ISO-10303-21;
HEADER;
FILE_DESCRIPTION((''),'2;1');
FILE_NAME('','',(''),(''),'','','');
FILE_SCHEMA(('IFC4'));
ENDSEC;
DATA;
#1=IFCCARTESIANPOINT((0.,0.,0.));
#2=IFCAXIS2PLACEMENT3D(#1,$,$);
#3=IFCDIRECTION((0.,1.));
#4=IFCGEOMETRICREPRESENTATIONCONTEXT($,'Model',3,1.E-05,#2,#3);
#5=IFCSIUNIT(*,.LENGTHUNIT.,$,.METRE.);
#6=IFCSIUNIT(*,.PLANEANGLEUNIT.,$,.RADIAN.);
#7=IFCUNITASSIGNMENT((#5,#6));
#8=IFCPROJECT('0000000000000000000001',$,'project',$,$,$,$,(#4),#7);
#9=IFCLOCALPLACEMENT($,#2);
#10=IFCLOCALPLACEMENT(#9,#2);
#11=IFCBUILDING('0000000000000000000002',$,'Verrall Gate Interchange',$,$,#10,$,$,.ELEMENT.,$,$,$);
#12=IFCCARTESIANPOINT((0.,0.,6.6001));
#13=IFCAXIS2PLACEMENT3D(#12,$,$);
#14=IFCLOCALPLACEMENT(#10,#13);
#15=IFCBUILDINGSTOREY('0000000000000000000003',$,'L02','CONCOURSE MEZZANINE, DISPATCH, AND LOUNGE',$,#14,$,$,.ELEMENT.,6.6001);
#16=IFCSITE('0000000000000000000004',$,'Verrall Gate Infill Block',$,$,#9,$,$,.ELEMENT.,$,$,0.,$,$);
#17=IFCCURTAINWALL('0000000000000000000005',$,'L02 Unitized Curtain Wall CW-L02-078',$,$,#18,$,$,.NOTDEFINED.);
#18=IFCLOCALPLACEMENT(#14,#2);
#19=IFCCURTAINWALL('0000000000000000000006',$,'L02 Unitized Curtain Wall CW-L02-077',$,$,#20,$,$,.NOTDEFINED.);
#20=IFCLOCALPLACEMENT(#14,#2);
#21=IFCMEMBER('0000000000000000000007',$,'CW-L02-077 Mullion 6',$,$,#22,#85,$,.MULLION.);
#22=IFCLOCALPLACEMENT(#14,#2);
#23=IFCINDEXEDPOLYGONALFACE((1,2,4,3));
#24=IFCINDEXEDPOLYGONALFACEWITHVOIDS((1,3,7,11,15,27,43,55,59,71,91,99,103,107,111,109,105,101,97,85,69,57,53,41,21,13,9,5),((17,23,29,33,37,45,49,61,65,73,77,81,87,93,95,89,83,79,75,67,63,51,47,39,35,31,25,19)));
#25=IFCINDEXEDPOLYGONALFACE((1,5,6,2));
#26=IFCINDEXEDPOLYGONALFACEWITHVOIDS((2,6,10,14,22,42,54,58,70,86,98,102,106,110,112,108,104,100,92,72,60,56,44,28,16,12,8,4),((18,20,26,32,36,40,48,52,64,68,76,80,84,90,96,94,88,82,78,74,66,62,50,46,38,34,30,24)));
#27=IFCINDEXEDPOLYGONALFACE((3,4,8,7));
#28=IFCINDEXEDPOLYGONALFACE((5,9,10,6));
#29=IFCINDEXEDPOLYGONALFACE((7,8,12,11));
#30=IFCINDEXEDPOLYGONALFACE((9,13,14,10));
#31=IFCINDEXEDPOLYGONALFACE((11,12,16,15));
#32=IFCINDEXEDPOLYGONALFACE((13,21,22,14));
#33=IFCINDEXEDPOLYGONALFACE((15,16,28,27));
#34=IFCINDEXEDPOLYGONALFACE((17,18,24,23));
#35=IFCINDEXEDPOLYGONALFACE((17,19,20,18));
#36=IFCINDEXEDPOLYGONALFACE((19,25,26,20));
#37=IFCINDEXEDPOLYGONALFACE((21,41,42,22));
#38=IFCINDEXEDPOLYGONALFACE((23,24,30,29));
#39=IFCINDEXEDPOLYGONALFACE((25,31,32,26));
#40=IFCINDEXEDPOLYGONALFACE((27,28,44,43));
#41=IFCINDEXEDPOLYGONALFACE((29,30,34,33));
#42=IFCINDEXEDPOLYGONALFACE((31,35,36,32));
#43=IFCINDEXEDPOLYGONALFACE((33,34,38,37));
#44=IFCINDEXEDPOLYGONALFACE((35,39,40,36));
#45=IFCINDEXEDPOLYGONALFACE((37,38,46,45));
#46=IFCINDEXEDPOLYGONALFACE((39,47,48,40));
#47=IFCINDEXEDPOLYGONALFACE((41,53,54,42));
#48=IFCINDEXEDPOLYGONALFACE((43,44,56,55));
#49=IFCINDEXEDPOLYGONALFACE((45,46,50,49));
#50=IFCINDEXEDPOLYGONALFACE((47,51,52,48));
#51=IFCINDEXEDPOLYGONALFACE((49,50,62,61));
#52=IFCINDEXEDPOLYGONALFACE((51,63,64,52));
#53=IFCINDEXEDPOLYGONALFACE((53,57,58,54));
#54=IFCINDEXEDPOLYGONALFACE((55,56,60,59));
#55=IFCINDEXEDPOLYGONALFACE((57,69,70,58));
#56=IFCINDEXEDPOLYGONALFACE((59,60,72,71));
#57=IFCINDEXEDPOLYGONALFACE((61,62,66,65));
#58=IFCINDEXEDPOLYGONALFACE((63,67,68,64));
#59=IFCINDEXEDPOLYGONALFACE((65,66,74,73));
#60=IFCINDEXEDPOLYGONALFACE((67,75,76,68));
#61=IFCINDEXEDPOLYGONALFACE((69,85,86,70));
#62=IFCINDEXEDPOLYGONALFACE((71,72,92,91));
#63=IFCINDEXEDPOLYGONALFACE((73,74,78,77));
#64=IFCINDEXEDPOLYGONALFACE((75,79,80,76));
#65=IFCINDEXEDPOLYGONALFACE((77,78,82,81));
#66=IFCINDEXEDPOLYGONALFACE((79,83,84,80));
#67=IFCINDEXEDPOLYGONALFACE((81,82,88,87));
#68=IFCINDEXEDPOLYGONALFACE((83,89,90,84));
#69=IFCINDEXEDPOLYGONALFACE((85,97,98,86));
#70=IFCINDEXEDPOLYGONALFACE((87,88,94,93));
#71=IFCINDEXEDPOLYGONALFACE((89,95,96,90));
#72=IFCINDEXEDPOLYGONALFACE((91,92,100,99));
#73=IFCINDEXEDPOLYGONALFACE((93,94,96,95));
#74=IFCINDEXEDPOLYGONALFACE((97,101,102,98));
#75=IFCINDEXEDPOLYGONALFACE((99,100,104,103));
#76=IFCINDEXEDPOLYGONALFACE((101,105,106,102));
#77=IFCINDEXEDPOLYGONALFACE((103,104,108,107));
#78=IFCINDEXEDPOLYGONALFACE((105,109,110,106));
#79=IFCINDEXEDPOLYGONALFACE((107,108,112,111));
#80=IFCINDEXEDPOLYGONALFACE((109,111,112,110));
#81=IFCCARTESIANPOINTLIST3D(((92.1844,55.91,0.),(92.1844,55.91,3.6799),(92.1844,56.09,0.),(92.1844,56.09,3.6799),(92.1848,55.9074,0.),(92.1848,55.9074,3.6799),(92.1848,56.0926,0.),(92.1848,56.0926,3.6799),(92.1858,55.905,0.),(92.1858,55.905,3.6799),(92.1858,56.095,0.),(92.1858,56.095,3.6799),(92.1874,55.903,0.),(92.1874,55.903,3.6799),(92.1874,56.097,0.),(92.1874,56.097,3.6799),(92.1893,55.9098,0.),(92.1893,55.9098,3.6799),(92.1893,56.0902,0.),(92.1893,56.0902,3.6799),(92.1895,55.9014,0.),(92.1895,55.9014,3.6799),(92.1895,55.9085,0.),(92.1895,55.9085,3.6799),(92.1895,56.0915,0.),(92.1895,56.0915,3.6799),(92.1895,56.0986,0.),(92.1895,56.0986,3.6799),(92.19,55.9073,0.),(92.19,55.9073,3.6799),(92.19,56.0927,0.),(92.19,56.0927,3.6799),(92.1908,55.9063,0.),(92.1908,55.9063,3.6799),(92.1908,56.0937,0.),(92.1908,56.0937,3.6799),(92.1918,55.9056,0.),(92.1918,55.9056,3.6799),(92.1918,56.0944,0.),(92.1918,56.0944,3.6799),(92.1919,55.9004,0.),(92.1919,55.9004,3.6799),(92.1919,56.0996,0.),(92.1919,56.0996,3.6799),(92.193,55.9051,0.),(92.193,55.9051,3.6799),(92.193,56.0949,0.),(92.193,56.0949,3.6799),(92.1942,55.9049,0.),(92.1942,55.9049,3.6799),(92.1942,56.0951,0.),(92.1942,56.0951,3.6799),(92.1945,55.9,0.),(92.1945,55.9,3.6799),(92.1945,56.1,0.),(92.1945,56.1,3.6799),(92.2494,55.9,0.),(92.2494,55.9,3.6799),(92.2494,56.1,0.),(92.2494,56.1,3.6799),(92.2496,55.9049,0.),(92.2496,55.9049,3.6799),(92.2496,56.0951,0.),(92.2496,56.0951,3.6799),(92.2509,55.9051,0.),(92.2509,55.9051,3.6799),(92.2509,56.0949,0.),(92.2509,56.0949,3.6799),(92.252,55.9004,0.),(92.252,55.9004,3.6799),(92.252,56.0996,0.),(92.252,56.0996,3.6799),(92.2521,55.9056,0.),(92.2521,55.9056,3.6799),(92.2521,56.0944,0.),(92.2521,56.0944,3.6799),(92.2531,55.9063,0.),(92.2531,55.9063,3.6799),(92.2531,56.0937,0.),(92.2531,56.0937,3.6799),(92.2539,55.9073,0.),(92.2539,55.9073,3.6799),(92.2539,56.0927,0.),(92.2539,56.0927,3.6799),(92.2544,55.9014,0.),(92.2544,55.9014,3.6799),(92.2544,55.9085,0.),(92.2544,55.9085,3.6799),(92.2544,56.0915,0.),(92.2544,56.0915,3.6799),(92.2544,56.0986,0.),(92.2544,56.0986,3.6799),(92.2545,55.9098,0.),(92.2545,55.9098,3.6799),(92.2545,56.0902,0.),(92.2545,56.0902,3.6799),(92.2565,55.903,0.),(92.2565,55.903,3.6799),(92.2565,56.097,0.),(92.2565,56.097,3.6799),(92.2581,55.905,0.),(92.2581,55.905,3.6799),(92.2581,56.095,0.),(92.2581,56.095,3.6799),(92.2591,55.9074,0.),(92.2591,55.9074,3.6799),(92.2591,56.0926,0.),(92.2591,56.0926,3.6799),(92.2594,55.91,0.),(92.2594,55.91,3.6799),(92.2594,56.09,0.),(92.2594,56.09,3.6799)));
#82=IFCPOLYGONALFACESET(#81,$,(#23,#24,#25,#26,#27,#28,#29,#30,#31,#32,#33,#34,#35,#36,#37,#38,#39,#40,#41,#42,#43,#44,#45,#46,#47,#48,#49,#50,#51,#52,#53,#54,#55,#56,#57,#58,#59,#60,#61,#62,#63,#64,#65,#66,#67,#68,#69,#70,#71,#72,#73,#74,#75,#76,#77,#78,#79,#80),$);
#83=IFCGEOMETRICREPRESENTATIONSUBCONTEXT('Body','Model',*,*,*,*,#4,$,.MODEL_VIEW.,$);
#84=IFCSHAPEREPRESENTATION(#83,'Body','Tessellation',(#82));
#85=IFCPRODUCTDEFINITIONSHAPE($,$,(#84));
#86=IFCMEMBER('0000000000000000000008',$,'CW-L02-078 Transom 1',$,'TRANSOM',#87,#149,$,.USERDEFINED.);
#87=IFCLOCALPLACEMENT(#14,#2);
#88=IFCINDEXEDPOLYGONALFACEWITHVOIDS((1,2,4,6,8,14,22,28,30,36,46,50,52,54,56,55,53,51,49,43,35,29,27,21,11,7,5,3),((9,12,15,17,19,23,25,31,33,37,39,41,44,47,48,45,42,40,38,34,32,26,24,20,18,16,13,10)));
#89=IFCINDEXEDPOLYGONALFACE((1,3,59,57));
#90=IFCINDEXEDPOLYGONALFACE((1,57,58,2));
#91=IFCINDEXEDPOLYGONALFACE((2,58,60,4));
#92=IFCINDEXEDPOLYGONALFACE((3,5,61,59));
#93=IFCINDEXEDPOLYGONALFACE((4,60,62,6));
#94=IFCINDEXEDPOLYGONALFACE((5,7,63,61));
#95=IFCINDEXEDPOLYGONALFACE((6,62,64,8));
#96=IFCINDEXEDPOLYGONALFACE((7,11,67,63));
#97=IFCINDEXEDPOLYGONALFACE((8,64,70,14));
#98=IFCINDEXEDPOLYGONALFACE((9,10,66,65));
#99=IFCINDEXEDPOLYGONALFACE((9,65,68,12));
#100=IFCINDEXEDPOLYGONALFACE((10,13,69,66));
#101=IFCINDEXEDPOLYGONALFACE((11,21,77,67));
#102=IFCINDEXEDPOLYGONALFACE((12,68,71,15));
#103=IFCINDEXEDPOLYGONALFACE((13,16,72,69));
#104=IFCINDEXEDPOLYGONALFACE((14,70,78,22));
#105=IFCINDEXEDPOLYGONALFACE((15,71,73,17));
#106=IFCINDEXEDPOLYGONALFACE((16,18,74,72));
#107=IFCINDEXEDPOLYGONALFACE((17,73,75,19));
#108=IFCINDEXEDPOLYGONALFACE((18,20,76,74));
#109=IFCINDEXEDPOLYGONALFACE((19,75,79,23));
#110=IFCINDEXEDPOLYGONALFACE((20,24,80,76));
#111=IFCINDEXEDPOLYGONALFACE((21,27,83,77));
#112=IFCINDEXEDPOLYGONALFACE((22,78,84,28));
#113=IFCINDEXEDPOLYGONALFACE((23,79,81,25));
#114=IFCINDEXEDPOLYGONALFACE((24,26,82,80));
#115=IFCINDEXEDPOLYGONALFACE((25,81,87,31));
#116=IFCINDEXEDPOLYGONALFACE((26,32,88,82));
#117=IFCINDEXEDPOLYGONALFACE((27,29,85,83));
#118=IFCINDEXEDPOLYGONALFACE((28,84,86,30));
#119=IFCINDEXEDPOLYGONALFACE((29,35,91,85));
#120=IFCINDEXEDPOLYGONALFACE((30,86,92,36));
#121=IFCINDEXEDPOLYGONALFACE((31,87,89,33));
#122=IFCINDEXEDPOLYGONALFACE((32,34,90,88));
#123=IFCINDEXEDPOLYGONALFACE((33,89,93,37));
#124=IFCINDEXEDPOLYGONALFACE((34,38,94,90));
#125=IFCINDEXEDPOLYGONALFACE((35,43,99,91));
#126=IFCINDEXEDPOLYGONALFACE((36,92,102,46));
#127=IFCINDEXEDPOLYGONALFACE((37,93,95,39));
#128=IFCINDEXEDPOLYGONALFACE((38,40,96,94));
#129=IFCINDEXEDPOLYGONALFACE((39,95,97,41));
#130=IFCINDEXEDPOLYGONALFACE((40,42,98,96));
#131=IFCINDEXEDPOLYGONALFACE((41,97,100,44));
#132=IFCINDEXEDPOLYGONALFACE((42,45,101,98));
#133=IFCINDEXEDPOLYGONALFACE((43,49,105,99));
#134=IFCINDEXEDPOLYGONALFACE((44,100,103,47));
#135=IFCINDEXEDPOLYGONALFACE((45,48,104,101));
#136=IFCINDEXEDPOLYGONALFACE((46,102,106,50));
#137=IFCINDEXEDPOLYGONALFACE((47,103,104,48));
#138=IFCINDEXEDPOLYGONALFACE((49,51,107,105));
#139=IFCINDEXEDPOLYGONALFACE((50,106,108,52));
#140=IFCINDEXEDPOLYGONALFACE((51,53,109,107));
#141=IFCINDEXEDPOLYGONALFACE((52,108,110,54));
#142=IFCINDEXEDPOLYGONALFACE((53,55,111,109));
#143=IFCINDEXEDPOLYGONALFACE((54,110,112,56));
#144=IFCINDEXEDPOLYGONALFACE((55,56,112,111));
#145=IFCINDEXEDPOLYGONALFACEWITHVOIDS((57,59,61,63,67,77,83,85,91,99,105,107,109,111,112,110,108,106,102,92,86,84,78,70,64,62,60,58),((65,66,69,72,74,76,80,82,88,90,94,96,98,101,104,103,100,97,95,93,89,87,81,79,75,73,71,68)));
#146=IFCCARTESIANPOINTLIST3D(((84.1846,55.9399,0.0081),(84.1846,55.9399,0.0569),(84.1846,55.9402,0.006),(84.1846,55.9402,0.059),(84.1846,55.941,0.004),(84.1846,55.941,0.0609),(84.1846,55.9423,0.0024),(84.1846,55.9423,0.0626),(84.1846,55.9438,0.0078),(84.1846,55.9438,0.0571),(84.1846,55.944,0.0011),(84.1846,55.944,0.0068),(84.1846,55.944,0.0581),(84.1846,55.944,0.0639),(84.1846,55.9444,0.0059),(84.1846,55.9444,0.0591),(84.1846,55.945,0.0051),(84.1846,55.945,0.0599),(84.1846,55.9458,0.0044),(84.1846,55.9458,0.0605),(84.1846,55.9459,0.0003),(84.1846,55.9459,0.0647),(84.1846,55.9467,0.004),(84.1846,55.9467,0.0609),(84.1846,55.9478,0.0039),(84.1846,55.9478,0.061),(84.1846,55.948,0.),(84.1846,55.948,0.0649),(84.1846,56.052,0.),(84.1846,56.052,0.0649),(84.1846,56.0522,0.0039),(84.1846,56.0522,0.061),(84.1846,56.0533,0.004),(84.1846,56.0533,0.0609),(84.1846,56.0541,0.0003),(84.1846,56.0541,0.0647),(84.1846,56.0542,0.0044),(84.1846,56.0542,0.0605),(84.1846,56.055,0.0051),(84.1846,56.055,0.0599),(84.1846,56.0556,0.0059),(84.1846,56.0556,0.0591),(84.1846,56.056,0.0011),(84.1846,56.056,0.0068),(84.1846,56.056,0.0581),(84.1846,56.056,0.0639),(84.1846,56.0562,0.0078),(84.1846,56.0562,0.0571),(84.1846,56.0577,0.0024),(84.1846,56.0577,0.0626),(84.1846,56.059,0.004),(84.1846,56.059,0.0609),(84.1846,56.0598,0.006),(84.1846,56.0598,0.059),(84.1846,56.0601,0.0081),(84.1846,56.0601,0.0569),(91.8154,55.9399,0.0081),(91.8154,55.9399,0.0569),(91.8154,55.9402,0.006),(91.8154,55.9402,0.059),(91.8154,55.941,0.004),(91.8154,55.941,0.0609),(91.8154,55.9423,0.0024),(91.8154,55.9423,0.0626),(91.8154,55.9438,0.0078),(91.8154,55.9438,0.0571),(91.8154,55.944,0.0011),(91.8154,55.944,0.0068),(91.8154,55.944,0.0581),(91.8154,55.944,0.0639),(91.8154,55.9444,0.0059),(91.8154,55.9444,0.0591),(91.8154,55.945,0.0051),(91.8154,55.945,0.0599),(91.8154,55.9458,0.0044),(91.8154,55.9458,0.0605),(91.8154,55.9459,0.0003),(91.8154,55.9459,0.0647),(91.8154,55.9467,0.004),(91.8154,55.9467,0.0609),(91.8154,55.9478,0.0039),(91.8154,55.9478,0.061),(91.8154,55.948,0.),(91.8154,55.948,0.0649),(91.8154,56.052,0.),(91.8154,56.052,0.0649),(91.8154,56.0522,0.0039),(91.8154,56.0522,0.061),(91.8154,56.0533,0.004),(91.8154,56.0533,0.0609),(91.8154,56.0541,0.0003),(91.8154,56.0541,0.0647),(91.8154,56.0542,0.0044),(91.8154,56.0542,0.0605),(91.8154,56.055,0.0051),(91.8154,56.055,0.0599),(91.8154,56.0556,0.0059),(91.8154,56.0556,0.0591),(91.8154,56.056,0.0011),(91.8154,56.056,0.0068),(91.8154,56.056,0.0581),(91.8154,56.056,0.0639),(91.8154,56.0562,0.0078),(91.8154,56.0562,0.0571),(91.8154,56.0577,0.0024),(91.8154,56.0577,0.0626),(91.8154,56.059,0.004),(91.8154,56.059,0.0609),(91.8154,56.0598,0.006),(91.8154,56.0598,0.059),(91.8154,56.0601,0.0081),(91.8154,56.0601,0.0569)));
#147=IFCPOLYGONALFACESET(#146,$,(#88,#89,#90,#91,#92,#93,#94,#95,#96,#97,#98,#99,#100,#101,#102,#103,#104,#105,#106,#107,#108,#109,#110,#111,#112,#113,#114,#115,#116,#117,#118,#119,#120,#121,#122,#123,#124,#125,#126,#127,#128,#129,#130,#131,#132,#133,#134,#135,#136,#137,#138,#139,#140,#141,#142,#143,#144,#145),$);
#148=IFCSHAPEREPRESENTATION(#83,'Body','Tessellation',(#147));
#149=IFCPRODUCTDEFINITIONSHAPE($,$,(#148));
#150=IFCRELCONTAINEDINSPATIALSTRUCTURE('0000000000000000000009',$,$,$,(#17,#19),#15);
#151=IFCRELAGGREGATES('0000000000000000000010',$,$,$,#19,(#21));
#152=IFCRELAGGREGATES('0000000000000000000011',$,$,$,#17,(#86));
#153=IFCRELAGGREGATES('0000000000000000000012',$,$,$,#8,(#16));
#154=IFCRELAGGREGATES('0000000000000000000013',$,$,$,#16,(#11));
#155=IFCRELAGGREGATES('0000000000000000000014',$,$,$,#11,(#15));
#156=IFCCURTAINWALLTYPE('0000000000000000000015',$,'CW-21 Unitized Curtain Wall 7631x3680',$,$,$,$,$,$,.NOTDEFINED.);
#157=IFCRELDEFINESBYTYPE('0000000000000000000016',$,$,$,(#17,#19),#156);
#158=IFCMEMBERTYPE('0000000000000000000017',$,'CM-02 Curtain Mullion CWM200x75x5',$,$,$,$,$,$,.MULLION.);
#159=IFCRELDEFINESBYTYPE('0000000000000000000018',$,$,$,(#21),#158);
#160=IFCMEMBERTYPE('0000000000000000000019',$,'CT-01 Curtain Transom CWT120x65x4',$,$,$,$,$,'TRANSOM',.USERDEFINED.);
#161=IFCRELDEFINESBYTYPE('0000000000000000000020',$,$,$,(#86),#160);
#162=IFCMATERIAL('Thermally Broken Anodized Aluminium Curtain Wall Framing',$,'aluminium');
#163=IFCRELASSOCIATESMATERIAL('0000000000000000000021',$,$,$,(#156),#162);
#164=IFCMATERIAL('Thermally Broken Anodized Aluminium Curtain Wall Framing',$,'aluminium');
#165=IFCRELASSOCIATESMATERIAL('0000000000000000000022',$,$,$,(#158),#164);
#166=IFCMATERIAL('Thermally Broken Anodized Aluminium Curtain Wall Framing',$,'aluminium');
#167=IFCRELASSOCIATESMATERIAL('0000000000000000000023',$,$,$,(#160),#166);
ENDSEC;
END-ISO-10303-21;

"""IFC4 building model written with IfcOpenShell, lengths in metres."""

from ifc_helpers import new_model, si_unit, direction, frame, origin, origin_2d, place, context, subcontext, project, spatial, hollow_rectangle, extrude, material, material_profile, profile_set, type_object, element, aggregate, save


model = new_model("IFC4")

# Units and contexts
model_context = context("Model", 3, precision=1e-05, world=origin(), true_north=direction((0.0, 1.0)))
body_context = subcontext(model_context, "Body", "Model", "MODEL_VIEW")
ifc_project = project(units=[si_unit("LENGTHUNIT", "METRE"), si_unit("PLANEANGLEUNIT", "RADIAN")], contexts=[model_context])

# Site, building, storey
site_placement = place(None, origin())
site = spatial("IfcSite", under=ifc_project, at=site_placement, Name="Verrall Gate Infill Block", CompositionType="ELEMENT", RefElevation=0.0)
building_placement = place(site_placement, origin())
building = spatial("IfcBuilding", under=site, at=building_placement, Name="Verrall Gate Interchange", CompositionType="ELEMENT")
storey_placement = place(building_placement, frame((0.0, 0.0, 6.6001)))
storey = spatial("IfcBuildingStorey", under=building, at=storey_placement, Name="L02", Description="CONCOURSE MEZZANINE, DISPATCH, AND LOUNGE", CompositionType="ELEMENT", Elevation=6.6001)

# Curtain wall
ifc_material_1 = material(Name="Thermally Broken Anodized Aluminium Curtain Wall Framing", Category="aluminium")
curtain_wall_type = type_object("IfcCurtainWallType", Name="CW-21 Unitized Curtain Wall 7631x3680", PredefinedType="NOTDEFINED", material=ifc_material_1)
curtain_wall_1_placement = place(storey_placement, origin())
curtain_wall_1 = element("IfcCurtainWall", 1, at=curtain_wall_1_placement, inside=storey, type_object=curtain_wall_type, Name="L02 Unitized Curtain Wall CW-L02-078", PredefinedType="NOTDEFINED")

# Curtain wall, member
curtain_wall_2_placement = place(storey_placement, origin())
curtain_wall_2 = element("IfcCurtainWall", 2, at=curtain_wall_2_placement, inside=storey, type_object=curtain_wall_type, Name="L02 Unitized Curtain Wall CW-L02-077", PredefinedType="NOTDEFINED")
ifc_material_2 = material(Name="Thermally Broken Anodized Aluminium Curtain Wall Framing", Category="aluminium")
ifc_material_profile_1 = material_profile(ifc_material_2, hollow_rectangle(XDim=0.075, YDim=0.2, WallThickness=0.0049, InnerFilletRadius=0.0049, OuterFilletRadius=0.01, at=origin_2d()), Name="CWM200x75x5")
ifc_profile_set_1 = profile_set([ifc_material_profile_1], Name="Thermally Broken Anodized Aluminium Curtain Wall Framing")
member_type_1 = type_object("IfcMemberType", Name="CM-02 Curtain Mullion CWM200x75x5", PredefinedType="MULLION", material=ifc_profile_set_1)
member_1_placement = place(storey_placement, frame((92.2219, 56.0, 0.0), z_axis=(0.0, 0.0, 1.0), x_axis=(-1.0, 0.0, 0.0)))
member_1 = element("IfcMember", 3, at=member_1_placement, type_object=member_type_1, Name="CW-L02-077 Mullion 6", PredefinedType="MULLION", context=body_context, shape_type="SweptSolid", body=[
    extrude(hollow_rectangle(XDim=0.075, YDim=0.2, WallThickness=0.0049, InnerFilletRadius=0.0049, OuterFilletRadius=0.01, at=origin_2d()), origin(), (0.0, 0.0, 1.0), 3.6799),
])

# Member
ifc_material_3 = material(Name="Thermally Broken Anodized Aluminium Curtain Wall Framing", Category="aluminium")
ifc_material_profile_2 = material_profile(ifc_material_3, hollow_rectangle(XDim=0.1201, YDim=0.0649, WallThickness=0.0039, InnerFilletRadius=0.0039, OuterFilletRadius=0.0081, at=origin_2d()), Name="CWT120x65x4")
ifc_profile_set_2 = profile_set([ifc_material_profile_2], Name="Thermally Broken Anodized Aluminium Curtain Wall Framing")
member_type_2 = type_object("IfcMemberType", Name="CT-01 Curtain Transom CWT120x65x4", ElementType="TRANSOM", PredefinedType="USERDEFINED", material=ifc_profile_set_2)
member_2_placement = place(storey_placement, frame((91.8154, 56.0, 0.0325), z_axis=(-1.0, 0.0, 0.0), x_axis=(0.0, -1.0, 0.0)))
member_2 = element("IfcMember", 4, at=member_2_placement, type_object=member_type_2, Name="CW-L02-078 Transom 1", ObjectType="TRANSOM", PredefinedType="USERDEFINED", context=body_context, shape_type="SweptSolid", body=[
    extrude(hollow_rectangle(XDim=0.1201, YDim=0.0649, WallThickness=0.0039, InnerFilletRadius=0.0039, OuterFilletRadius=0.0081, at=origin_2d()), origin(), (0.0, 0.0, 1.0), 7.6309),
])

aggregate(curtain_wall_2, [member_1])
aggregate(curtain_wall_1, [member_2])

save(model, "model.ifc")
